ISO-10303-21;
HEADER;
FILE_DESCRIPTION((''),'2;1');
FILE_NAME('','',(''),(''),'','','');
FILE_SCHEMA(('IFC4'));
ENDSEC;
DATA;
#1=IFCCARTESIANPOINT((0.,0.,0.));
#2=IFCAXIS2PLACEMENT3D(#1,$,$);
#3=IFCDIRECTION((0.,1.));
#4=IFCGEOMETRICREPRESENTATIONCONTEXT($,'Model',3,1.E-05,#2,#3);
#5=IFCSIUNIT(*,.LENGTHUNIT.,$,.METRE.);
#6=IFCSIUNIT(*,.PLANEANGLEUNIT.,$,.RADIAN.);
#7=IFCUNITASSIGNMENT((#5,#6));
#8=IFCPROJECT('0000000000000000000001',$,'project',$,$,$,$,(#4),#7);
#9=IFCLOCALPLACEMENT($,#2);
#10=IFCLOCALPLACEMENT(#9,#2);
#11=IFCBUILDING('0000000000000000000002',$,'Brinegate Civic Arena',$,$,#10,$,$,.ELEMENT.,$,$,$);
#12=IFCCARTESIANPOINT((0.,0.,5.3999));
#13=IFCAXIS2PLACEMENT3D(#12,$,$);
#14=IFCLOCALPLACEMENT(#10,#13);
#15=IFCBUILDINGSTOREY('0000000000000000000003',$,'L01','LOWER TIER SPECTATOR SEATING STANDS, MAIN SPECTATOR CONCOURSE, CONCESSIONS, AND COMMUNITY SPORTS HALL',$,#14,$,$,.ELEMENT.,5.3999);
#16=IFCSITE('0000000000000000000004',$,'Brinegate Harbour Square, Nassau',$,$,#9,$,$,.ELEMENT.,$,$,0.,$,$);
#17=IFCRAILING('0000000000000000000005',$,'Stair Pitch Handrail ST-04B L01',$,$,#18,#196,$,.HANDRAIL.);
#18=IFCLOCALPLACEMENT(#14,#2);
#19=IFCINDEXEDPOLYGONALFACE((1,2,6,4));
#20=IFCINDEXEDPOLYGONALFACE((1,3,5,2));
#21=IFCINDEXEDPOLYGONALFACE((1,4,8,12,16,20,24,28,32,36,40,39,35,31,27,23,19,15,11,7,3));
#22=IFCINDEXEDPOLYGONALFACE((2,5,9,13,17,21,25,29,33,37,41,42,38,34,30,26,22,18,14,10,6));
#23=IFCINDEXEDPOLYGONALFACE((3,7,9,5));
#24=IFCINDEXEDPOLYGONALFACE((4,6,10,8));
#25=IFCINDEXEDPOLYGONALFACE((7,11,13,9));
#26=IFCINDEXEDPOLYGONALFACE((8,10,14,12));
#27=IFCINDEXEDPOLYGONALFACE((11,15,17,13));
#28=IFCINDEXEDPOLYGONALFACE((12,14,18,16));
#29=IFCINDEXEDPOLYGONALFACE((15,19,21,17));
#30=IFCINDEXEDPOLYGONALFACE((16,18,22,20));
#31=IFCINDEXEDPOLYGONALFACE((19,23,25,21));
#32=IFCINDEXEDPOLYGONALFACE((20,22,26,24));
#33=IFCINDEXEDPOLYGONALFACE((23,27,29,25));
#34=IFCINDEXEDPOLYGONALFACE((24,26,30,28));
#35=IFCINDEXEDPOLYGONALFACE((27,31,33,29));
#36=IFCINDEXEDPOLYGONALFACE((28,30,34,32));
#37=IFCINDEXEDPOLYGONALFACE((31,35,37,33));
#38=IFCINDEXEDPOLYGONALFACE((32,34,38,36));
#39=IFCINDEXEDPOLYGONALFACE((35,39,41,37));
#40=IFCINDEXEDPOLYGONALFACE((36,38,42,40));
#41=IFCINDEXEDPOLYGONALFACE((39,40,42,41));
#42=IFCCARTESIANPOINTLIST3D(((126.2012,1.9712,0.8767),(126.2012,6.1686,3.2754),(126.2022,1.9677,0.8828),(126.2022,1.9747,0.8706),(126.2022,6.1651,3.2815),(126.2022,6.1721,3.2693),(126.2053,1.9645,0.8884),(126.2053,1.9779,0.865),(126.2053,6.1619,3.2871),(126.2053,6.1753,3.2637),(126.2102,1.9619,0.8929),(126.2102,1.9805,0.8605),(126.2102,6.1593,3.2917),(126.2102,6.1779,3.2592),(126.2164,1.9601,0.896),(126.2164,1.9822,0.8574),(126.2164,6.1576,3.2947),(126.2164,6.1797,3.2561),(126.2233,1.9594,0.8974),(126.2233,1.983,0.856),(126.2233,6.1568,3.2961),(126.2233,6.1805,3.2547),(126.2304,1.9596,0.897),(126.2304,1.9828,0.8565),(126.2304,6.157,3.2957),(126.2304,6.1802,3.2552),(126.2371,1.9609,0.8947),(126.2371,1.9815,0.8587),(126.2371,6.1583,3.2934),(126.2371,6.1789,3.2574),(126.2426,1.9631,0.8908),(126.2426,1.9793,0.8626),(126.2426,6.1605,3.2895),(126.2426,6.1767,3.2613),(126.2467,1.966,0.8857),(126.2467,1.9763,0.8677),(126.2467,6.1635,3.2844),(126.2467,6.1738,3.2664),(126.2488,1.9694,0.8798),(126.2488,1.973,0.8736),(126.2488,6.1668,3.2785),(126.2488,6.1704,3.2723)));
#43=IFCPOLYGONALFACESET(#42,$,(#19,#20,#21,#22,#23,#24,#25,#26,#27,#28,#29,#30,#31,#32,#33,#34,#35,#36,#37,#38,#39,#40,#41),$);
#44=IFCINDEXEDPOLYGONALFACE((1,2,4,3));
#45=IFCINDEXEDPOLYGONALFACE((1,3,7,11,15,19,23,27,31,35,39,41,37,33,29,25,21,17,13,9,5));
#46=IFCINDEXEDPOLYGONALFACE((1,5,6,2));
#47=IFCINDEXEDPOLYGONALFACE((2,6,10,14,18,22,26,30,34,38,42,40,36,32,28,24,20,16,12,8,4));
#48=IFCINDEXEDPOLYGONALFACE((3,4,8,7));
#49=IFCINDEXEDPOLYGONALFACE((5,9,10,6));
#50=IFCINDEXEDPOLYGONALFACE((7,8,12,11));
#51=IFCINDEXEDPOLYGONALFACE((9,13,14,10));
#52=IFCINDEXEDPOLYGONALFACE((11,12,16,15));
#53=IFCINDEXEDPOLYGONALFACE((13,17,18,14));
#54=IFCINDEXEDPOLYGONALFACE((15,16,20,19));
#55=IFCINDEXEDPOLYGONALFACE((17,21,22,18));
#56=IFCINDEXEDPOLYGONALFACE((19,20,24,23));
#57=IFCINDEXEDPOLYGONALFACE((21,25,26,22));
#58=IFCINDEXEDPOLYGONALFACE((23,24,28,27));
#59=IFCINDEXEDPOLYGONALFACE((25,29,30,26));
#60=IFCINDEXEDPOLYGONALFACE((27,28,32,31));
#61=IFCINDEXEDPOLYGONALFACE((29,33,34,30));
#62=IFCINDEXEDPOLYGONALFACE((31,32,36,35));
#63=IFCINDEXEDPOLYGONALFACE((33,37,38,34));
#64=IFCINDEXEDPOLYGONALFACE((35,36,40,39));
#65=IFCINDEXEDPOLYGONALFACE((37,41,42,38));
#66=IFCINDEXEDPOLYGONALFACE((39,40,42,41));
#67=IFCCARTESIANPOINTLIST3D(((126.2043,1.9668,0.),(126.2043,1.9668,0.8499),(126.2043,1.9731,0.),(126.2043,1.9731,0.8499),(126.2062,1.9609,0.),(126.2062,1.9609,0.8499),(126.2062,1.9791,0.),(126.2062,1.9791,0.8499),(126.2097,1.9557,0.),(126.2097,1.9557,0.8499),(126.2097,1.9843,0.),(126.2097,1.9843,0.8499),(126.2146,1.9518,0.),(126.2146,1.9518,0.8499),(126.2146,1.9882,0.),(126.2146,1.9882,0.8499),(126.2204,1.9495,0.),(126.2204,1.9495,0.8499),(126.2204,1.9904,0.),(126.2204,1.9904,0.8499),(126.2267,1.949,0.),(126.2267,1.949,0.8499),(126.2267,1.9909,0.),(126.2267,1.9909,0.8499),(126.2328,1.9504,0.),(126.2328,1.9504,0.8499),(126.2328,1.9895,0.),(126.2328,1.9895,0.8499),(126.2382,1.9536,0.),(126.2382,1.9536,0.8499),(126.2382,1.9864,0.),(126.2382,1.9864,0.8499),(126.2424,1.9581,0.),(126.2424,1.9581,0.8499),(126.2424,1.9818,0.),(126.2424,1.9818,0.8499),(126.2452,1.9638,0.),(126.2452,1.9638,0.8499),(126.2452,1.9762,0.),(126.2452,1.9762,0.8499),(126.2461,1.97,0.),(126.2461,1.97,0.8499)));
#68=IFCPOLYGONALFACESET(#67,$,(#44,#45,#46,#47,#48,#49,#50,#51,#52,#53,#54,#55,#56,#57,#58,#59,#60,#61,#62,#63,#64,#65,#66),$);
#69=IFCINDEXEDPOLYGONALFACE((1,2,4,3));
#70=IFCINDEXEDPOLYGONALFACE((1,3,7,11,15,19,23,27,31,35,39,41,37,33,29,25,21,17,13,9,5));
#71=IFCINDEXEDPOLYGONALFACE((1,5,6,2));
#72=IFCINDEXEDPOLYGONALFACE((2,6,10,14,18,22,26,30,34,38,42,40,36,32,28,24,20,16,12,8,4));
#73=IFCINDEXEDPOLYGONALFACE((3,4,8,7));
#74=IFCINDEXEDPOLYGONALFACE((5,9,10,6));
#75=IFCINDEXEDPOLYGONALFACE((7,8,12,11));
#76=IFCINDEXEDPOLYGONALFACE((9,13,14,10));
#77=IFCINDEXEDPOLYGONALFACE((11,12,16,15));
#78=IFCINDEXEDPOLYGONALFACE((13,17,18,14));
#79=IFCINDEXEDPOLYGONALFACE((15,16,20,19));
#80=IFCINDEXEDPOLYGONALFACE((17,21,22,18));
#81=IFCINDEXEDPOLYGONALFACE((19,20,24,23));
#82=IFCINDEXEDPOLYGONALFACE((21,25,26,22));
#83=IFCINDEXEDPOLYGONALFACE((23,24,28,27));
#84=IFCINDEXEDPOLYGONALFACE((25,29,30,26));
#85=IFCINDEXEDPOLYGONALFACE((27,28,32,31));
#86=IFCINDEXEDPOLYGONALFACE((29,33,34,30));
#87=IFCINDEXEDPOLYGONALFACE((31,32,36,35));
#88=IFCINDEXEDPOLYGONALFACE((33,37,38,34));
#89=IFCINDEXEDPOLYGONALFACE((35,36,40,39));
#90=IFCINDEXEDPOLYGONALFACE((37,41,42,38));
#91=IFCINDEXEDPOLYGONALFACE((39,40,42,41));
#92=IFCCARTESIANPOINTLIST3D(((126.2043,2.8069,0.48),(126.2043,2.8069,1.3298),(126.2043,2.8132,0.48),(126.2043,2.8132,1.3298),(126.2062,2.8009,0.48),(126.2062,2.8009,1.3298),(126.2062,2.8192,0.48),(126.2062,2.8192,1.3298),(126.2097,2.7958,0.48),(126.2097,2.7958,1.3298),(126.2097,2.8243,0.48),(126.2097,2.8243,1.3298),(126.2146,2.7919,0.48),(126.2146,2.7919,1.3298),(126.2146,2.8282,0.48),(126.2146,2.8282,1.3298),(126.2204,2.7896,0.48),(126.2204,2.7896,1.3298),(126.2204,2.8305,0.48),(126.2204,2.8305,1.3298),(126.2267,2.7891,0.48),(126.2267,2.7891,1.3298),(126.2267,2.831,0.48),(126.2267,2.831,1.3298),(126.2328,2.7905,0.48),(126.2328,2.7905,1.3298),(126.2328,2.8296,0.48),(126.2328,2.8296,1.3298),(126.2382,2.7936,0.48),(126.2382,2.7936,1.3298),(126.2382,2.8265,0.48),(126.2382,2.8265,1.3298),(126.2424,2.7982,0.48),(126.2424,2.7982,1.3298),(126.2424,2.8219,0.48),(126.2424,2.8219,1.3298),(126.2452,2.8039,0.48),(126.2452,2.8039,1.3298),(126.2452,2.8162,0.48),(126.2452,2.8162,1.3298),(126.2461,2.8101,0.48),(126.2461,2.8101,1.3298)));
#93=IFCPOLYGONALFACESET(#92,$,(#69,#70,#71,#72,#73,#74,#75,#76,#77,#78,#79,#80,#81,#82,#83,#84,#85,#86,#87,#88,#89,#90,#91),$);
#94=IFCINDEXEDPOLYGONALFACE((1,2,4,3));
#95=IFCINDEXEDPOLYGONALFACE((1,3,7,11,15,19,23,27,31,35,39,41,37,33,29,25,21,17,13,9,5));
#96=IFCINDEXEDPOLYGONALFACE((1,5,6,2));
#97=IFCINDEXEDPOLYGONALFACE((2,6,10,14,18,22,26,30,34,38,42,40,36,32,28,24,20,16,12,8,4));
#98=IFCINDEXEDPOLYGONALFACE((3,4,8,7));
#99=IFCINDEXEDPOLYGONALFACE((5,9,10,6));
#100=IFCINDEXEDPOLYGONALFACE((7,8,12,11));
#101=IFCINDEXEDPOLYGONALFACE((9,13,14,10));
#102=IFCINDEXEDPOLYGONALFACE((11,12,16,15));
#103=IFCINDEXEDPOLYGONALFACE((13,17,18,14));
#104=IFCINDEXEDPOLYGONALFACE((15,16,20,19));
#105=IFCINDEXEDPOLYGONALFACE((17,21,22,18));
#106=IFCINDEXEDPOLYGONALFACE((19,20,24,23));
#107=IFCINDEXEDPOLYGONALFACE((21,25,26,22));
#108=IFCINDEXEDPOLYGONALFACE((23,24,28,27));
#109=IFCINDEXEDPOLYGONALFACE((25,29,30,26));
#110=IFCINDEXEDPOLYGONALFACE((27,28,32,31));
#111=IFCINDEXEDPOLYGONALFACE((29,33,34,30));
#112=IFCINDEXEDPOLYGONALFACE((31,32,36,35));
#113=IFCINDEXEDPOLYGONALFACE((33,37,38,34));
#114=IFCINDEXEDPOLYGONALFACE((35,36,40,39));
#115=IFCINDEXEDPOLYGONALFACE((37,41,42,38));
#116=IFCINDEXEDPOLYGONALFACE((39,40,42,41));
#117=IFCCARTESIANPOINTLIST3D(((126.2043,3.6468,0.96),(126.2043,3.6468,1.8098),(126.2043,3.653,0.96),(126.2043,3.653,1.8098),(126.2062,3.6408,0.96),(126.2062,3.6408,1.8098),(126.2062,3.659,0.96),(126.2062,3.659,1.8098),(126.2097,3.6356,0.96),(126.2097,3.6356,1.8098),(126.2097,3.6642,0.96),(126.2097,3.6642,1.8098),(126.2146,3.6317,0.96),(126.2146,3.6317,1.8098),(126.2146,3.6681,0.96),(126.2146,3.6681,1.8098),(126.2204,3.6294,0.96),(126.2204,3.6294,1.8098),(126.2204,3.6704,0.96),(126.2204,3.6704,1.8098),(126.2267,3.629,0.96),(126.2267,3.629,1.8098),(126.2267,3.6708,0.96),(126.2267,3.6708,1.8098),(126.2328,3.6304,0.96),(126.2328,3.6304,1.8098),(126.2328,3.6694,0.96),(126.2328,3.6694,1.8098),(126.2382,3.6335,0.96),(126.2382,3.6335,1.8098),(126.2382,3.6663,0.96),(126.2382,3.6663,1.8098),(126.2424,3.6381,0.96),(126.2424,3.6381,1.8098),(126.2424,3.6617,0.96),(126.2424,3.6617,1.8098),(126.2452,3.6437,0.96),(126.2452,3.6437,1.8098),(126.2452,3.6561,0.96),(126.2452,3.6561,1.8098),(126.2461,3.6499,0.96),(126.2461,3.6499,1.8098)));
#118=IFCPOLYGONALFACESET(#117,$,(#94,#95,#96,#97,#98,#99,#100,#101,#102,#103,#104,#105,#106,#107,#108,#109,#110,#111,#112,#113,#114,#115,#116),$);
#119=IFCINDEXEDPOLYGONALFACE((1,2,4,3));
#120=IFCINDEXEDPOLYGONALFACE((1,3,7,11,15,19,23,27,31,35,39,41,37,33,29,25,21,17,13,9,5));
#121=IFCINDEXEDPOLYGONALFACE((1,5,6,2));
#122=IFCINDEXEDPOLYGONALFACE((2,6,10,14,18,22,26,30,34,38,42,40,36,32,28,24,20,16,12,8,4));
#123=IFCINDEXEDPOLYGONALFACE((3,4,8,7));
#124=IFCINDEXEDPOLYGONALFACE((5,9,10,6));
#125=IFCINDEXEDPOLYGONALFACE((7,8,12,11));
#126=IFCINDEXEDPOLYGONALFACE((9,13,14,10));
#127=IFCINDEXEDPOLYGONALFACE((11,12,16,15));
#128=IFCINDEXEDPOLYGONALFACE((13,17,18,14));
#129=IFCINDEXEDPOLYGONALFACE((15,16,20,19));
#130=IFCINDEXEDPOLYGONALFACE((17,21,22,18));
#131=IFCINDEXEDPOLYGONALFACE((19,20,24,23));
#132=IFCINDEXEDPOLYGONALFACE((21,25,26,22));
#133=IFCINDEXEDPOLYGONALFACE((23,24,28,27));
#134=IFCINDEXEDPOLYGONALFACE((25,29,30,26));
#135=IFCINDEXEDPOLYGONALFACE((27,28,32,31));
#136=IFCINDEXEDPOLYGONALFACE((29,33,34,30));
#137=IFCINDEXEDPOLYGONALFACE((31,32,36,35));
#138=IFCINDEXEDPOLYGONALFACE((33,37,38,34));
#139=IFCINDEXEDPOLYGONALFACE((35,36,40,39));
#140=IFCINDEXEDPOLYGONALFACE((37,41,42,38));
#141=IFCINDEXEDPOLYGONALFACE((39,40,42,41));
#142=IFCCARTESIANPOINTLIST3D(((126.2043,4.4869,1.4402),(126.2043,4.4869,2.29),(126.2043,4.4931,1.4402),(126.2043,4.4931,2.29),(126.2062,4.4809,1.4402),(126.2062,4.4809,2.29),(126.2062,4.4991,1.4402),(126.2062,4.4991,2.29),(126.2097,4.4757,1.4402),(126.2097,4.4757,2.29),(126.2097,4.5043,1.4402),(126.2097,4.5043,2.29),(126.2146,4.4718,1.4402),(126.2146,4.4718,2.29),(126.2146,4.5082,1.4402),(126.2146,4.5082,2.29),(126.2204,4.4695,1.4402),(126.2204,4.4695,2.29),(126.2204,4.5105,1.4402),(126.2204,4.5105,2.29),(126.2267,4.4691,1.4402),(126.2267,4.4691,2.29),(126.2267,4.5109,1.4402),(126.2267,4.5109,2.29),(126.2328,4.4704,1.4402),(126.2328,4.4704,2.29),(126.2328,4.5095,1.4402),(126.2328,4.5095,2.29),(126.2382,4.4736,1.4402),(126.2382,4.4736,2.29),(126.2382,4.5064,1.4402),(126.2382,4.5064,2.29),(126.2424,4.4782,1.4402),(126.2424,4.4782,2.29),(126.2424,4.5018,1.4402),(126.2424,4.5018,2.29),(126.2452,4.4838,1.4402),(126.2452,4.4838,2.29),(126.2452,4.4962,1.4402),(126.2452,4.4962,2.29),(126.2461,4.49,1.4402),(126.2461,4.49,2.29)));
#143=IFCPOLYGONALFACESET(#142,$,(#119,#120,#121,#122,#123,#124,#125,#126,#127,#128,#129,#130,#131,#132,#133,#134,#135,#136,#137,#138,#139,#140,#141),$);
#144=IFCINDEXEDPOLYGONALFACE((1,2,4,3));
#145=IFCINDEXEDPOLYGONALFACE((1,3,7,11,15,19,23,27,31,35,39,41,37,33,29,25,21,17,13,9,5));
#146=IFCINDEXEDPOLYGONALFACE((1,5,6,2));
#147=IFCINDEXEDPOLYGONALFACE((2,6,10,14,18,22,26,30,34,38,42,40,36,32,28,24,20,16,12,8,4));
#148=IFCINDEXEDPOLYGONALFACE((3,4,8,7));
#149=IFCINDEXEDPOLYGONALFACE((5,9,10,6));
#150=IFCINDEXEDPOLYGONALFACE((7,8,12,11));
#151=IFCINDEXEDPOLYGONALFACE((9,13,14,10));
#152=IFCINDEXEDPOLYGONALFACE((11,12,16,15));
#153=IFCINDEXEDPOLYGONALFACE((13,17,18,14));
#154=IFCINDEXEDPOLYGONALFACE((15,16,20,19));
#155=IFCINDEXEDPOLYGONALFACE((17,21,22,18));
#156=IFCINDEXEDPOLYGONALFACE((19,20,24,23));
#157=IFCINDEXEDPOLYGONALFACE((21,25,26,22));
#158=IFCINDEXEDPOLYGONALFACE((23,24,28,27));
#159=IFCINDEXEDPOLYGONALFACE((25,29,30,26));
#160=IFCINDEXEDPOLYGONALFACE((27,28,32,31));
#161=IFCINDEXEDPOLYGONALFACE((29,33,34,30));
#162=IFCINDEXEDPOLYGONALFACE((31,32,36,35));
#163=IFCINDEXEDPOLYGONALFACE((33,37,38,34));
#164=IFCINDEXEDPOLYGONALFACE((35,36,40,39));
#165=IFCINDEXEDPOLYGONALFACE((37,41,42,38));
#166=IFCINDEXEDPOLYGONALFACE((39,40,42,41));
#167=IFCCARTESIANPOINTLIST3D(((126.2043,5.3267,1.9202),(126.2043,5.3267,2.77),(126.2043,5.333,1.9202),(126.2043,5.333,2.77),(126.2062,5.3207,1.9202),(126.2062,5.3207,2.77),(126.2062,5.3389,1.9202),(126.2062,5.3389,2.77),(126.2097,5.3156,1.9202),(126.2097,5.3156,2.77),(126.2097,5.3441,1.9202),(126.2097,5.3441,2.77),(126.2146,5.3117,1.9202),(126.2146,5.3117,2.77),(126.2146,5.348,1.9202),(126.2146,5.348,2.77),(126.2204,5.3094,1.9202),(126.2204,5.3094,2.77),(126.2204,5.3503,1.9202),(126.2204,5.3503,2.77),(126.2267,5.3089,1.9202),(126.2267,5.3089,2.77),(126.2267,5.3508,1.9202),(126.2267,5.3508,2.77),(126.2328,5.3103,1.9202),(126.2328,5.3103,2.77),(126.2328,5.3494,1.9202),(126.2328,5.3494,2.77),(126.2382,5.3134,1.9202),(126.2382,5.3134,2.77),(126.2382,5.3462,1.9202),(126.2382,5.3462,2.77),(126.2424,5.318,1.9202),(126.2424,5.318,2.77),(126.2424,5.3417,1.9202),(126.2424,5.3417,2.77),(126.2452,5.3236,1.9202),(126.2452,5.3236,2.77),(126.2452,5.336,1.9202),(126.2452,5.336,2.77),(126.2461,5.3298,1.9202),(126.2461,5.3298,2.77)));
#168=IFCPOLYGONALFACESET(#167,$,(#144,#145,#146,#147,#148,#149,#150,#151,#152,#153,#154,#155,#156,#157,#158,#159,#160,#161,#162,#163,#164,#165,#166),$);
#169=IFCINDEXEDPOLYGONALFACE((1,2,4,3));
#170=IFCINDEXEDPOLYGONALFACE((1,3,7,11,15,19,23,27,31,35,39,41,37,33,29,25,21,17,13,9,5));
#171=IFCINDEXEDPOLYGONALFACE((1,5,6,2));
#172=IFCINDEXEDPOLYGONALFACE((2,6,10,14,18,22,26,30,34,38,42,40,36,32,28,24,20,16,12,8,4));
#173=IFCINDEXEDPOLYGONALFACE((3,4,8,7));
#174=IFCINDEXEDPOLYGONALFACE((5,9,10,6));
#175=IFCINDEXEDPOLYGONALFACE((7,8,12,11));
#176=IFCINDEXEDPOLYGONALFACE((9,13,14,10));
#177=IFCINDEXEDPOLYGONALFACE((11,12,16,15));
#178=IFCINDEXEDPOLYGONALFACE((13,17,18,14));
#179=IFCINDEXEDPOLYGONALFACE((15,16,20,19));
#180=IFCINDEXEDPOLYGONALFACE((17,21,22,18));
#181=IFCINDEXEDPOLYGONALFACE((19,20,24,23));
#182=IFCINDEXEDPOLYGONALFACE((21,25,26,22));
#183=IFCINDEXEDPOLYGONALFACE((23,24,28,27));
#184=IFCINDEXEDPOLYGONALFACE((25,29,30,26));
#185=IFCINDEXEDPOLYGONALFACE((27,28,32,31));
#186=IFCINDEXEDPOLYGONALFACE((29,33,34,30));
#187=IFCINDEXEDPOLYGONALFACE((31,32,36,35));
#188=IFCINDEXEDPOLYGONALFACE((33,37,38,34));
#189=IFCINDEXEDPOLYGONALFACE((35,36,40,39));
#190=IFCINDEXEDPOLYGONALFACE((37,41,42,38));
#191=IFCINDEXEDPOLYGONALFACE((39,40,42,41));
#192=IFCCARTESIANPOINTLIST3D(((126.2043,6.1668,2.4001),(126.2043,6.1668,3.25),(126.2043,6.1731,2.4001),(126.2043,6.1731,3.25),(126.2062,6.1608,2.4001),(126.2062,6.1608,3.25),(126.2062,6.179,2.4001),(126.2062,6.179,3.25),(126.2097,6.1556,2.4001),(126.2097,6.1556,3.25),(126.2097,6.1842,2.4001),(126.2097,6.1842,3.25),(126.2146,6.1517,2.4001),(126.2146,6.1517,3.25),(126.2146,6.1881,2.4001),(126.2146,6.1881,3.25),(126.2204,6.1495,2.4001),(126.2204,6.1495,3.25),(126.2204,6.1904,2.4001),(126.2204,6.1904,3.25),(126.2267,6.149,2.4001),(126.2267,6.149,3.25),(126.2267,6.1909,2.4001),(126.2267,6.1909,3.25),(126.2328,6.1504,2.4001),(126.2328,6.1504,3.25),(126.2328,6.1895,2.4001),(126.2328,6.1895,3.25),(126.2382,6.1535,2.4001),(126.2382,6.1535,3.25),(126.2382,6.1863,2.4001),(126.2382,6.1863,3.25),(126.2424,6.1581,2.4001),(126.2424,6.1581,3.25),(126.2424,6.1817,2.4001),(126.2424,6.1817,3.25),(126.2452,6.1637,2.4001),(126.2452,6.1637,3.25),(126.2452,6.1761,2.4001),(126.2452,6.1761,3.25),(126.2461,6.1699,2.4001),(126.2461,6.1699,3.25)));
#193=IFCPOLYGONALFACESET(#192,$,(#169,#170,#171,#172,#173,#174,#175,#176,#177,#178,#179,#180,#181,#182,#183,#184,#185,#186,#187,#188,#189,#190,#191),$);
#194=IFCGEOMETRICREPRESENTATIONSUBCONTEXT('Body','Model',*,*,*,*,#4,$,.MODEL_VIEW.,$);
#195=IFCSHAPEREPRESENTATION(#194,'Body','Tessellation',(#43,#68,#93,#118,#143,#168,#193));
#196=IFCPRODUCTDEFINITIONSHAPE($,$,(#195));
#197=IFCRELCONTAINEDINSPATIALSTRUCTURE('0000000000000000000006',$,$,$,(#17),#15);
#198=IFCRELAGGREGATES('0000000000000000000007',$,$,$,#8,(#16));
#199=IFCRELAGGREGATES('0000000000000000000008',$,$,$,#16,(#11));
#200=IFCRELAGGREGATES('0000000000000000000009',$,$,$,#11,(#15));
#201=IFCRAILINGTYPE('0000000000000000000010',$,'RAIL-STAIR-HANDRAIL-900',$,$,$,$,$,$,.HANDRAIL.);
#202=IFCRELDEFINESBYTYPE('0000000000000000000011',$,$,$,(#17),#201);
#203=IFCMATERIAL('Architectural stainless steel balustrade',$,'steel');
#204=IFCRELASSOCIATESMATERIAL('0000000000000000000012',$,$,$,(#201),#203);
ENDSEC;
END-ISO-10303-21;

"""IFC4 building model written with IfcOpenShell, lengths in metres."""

from ifc_helpers import new_model, si_unit, direction, frame, origin, origin_2d, place, context, subcontext, project, spatial, circle, extrude, material, type_object, element, save


model = new_model("IFC4")

# Units and contexts
model_context = context("Model", 3, precision=1e-05, world=origin(), true_north=direction((0.0, 1.0)))
body_context = subcontext(model_context, "Body", "Model", "MODEL_VIEW")
ifc_project = project(units=[si_unit("LENGTHUNIT", "METRE"), si_unit("PLANEANGLEUNIT", "RADIAN")], contexts=[model_context])

# Site, building, storey
site_placement = place(None, origin())
site = spatial("IfcSite", under=ifc_project, at=site_placement, Name="Brinegate Harbour Square, Nassau", CompositionType="ELEMENT", RefElevation=0.0)
building_placement = place(site_placement, origin())
building = spatial("IfcBuilding", under=site, at=building_placement, Name="Brinegate Civic Arena", CompositionType="ELEMENT")
storey_placement = place(building_placement, frame((0.0, 0.0, 5.3999)))
storey = spatial("IfcBuildingStorey", under=building, at=storey_placement, Name="L01", Description="LOWER TIER SPECTATOR SEATING STANDS, MAIN SPECTATOR CONCOURSE, CONCESSIONS, AND COMMUNITY SPORTS HALL", CompositionType="ELEMENT", Elevation=5.3999)

# Railing
ifc_material_1 = material(Name="Architectural stainless steel balustrade", Category="steel")
railing_type_1 = type_object("IfcRailingType", Name="RAIL-STAIR-HANDRAIL-900", PredefinedType="HANDRAIL", material=ifc_material_1)
for number, where, name in (
    (1, (126.2251, 1.97, 0.0), "Stair Pitch Handrail ST-04B L01"),
):
    element("IfcRailing", number, at=place(storey_placement, frame(where)), inside=storey, type_object=railing_type_1, Name=name, PredefinedType="HANDRAIL", context=body_context, shape_type="SweptSolid", body=[
        extrude(circle(Radius=0.0239, at=origin_2d()), frame((0.0, 0.0012, 0.8767), z_axis=(0.0, 0.868228, 0.496166), x_axis=(-1.0, 0.0, 0.0)), (0.0, 0.0, 1.0), 4.8345),
        extrude(circle(Radius=0.021, at=origin_2d()), origin(), (0.0, 0.0, 1.0), 0.8499),
        extrude(circle(Radius=0.021, at=origin_2d()), frame((0.0, 0.8401, 0.48)), (0.0, 0.0, 1.0), 0.8499),
        extrude(circle(Radius=0.021, at=origin_2d()), frame((0.0, 1.6799, 0.96)), (0.0, 0.0, 1.0), 0.8499),
        extrude(circle(Radius=0.021, at=origin_2d()), frame((0.0, 2.52, 1.4402)), (0.0, 0.0, 1.0), 0.8499),
        extrude(circle(Radius=0.021, at=origin_2d()), frame((0.0, 3.3599, 1.9202)), (0.0, 0.0, 1.0), 0.8499),
        extrude(circle(Radius=0.021, at=origin_2d()), frame((0.0, 4.2, 2.4001)), (0.0, 0.0, 1.0), 0.8499),
    ])

save(model, "model.ifc")
